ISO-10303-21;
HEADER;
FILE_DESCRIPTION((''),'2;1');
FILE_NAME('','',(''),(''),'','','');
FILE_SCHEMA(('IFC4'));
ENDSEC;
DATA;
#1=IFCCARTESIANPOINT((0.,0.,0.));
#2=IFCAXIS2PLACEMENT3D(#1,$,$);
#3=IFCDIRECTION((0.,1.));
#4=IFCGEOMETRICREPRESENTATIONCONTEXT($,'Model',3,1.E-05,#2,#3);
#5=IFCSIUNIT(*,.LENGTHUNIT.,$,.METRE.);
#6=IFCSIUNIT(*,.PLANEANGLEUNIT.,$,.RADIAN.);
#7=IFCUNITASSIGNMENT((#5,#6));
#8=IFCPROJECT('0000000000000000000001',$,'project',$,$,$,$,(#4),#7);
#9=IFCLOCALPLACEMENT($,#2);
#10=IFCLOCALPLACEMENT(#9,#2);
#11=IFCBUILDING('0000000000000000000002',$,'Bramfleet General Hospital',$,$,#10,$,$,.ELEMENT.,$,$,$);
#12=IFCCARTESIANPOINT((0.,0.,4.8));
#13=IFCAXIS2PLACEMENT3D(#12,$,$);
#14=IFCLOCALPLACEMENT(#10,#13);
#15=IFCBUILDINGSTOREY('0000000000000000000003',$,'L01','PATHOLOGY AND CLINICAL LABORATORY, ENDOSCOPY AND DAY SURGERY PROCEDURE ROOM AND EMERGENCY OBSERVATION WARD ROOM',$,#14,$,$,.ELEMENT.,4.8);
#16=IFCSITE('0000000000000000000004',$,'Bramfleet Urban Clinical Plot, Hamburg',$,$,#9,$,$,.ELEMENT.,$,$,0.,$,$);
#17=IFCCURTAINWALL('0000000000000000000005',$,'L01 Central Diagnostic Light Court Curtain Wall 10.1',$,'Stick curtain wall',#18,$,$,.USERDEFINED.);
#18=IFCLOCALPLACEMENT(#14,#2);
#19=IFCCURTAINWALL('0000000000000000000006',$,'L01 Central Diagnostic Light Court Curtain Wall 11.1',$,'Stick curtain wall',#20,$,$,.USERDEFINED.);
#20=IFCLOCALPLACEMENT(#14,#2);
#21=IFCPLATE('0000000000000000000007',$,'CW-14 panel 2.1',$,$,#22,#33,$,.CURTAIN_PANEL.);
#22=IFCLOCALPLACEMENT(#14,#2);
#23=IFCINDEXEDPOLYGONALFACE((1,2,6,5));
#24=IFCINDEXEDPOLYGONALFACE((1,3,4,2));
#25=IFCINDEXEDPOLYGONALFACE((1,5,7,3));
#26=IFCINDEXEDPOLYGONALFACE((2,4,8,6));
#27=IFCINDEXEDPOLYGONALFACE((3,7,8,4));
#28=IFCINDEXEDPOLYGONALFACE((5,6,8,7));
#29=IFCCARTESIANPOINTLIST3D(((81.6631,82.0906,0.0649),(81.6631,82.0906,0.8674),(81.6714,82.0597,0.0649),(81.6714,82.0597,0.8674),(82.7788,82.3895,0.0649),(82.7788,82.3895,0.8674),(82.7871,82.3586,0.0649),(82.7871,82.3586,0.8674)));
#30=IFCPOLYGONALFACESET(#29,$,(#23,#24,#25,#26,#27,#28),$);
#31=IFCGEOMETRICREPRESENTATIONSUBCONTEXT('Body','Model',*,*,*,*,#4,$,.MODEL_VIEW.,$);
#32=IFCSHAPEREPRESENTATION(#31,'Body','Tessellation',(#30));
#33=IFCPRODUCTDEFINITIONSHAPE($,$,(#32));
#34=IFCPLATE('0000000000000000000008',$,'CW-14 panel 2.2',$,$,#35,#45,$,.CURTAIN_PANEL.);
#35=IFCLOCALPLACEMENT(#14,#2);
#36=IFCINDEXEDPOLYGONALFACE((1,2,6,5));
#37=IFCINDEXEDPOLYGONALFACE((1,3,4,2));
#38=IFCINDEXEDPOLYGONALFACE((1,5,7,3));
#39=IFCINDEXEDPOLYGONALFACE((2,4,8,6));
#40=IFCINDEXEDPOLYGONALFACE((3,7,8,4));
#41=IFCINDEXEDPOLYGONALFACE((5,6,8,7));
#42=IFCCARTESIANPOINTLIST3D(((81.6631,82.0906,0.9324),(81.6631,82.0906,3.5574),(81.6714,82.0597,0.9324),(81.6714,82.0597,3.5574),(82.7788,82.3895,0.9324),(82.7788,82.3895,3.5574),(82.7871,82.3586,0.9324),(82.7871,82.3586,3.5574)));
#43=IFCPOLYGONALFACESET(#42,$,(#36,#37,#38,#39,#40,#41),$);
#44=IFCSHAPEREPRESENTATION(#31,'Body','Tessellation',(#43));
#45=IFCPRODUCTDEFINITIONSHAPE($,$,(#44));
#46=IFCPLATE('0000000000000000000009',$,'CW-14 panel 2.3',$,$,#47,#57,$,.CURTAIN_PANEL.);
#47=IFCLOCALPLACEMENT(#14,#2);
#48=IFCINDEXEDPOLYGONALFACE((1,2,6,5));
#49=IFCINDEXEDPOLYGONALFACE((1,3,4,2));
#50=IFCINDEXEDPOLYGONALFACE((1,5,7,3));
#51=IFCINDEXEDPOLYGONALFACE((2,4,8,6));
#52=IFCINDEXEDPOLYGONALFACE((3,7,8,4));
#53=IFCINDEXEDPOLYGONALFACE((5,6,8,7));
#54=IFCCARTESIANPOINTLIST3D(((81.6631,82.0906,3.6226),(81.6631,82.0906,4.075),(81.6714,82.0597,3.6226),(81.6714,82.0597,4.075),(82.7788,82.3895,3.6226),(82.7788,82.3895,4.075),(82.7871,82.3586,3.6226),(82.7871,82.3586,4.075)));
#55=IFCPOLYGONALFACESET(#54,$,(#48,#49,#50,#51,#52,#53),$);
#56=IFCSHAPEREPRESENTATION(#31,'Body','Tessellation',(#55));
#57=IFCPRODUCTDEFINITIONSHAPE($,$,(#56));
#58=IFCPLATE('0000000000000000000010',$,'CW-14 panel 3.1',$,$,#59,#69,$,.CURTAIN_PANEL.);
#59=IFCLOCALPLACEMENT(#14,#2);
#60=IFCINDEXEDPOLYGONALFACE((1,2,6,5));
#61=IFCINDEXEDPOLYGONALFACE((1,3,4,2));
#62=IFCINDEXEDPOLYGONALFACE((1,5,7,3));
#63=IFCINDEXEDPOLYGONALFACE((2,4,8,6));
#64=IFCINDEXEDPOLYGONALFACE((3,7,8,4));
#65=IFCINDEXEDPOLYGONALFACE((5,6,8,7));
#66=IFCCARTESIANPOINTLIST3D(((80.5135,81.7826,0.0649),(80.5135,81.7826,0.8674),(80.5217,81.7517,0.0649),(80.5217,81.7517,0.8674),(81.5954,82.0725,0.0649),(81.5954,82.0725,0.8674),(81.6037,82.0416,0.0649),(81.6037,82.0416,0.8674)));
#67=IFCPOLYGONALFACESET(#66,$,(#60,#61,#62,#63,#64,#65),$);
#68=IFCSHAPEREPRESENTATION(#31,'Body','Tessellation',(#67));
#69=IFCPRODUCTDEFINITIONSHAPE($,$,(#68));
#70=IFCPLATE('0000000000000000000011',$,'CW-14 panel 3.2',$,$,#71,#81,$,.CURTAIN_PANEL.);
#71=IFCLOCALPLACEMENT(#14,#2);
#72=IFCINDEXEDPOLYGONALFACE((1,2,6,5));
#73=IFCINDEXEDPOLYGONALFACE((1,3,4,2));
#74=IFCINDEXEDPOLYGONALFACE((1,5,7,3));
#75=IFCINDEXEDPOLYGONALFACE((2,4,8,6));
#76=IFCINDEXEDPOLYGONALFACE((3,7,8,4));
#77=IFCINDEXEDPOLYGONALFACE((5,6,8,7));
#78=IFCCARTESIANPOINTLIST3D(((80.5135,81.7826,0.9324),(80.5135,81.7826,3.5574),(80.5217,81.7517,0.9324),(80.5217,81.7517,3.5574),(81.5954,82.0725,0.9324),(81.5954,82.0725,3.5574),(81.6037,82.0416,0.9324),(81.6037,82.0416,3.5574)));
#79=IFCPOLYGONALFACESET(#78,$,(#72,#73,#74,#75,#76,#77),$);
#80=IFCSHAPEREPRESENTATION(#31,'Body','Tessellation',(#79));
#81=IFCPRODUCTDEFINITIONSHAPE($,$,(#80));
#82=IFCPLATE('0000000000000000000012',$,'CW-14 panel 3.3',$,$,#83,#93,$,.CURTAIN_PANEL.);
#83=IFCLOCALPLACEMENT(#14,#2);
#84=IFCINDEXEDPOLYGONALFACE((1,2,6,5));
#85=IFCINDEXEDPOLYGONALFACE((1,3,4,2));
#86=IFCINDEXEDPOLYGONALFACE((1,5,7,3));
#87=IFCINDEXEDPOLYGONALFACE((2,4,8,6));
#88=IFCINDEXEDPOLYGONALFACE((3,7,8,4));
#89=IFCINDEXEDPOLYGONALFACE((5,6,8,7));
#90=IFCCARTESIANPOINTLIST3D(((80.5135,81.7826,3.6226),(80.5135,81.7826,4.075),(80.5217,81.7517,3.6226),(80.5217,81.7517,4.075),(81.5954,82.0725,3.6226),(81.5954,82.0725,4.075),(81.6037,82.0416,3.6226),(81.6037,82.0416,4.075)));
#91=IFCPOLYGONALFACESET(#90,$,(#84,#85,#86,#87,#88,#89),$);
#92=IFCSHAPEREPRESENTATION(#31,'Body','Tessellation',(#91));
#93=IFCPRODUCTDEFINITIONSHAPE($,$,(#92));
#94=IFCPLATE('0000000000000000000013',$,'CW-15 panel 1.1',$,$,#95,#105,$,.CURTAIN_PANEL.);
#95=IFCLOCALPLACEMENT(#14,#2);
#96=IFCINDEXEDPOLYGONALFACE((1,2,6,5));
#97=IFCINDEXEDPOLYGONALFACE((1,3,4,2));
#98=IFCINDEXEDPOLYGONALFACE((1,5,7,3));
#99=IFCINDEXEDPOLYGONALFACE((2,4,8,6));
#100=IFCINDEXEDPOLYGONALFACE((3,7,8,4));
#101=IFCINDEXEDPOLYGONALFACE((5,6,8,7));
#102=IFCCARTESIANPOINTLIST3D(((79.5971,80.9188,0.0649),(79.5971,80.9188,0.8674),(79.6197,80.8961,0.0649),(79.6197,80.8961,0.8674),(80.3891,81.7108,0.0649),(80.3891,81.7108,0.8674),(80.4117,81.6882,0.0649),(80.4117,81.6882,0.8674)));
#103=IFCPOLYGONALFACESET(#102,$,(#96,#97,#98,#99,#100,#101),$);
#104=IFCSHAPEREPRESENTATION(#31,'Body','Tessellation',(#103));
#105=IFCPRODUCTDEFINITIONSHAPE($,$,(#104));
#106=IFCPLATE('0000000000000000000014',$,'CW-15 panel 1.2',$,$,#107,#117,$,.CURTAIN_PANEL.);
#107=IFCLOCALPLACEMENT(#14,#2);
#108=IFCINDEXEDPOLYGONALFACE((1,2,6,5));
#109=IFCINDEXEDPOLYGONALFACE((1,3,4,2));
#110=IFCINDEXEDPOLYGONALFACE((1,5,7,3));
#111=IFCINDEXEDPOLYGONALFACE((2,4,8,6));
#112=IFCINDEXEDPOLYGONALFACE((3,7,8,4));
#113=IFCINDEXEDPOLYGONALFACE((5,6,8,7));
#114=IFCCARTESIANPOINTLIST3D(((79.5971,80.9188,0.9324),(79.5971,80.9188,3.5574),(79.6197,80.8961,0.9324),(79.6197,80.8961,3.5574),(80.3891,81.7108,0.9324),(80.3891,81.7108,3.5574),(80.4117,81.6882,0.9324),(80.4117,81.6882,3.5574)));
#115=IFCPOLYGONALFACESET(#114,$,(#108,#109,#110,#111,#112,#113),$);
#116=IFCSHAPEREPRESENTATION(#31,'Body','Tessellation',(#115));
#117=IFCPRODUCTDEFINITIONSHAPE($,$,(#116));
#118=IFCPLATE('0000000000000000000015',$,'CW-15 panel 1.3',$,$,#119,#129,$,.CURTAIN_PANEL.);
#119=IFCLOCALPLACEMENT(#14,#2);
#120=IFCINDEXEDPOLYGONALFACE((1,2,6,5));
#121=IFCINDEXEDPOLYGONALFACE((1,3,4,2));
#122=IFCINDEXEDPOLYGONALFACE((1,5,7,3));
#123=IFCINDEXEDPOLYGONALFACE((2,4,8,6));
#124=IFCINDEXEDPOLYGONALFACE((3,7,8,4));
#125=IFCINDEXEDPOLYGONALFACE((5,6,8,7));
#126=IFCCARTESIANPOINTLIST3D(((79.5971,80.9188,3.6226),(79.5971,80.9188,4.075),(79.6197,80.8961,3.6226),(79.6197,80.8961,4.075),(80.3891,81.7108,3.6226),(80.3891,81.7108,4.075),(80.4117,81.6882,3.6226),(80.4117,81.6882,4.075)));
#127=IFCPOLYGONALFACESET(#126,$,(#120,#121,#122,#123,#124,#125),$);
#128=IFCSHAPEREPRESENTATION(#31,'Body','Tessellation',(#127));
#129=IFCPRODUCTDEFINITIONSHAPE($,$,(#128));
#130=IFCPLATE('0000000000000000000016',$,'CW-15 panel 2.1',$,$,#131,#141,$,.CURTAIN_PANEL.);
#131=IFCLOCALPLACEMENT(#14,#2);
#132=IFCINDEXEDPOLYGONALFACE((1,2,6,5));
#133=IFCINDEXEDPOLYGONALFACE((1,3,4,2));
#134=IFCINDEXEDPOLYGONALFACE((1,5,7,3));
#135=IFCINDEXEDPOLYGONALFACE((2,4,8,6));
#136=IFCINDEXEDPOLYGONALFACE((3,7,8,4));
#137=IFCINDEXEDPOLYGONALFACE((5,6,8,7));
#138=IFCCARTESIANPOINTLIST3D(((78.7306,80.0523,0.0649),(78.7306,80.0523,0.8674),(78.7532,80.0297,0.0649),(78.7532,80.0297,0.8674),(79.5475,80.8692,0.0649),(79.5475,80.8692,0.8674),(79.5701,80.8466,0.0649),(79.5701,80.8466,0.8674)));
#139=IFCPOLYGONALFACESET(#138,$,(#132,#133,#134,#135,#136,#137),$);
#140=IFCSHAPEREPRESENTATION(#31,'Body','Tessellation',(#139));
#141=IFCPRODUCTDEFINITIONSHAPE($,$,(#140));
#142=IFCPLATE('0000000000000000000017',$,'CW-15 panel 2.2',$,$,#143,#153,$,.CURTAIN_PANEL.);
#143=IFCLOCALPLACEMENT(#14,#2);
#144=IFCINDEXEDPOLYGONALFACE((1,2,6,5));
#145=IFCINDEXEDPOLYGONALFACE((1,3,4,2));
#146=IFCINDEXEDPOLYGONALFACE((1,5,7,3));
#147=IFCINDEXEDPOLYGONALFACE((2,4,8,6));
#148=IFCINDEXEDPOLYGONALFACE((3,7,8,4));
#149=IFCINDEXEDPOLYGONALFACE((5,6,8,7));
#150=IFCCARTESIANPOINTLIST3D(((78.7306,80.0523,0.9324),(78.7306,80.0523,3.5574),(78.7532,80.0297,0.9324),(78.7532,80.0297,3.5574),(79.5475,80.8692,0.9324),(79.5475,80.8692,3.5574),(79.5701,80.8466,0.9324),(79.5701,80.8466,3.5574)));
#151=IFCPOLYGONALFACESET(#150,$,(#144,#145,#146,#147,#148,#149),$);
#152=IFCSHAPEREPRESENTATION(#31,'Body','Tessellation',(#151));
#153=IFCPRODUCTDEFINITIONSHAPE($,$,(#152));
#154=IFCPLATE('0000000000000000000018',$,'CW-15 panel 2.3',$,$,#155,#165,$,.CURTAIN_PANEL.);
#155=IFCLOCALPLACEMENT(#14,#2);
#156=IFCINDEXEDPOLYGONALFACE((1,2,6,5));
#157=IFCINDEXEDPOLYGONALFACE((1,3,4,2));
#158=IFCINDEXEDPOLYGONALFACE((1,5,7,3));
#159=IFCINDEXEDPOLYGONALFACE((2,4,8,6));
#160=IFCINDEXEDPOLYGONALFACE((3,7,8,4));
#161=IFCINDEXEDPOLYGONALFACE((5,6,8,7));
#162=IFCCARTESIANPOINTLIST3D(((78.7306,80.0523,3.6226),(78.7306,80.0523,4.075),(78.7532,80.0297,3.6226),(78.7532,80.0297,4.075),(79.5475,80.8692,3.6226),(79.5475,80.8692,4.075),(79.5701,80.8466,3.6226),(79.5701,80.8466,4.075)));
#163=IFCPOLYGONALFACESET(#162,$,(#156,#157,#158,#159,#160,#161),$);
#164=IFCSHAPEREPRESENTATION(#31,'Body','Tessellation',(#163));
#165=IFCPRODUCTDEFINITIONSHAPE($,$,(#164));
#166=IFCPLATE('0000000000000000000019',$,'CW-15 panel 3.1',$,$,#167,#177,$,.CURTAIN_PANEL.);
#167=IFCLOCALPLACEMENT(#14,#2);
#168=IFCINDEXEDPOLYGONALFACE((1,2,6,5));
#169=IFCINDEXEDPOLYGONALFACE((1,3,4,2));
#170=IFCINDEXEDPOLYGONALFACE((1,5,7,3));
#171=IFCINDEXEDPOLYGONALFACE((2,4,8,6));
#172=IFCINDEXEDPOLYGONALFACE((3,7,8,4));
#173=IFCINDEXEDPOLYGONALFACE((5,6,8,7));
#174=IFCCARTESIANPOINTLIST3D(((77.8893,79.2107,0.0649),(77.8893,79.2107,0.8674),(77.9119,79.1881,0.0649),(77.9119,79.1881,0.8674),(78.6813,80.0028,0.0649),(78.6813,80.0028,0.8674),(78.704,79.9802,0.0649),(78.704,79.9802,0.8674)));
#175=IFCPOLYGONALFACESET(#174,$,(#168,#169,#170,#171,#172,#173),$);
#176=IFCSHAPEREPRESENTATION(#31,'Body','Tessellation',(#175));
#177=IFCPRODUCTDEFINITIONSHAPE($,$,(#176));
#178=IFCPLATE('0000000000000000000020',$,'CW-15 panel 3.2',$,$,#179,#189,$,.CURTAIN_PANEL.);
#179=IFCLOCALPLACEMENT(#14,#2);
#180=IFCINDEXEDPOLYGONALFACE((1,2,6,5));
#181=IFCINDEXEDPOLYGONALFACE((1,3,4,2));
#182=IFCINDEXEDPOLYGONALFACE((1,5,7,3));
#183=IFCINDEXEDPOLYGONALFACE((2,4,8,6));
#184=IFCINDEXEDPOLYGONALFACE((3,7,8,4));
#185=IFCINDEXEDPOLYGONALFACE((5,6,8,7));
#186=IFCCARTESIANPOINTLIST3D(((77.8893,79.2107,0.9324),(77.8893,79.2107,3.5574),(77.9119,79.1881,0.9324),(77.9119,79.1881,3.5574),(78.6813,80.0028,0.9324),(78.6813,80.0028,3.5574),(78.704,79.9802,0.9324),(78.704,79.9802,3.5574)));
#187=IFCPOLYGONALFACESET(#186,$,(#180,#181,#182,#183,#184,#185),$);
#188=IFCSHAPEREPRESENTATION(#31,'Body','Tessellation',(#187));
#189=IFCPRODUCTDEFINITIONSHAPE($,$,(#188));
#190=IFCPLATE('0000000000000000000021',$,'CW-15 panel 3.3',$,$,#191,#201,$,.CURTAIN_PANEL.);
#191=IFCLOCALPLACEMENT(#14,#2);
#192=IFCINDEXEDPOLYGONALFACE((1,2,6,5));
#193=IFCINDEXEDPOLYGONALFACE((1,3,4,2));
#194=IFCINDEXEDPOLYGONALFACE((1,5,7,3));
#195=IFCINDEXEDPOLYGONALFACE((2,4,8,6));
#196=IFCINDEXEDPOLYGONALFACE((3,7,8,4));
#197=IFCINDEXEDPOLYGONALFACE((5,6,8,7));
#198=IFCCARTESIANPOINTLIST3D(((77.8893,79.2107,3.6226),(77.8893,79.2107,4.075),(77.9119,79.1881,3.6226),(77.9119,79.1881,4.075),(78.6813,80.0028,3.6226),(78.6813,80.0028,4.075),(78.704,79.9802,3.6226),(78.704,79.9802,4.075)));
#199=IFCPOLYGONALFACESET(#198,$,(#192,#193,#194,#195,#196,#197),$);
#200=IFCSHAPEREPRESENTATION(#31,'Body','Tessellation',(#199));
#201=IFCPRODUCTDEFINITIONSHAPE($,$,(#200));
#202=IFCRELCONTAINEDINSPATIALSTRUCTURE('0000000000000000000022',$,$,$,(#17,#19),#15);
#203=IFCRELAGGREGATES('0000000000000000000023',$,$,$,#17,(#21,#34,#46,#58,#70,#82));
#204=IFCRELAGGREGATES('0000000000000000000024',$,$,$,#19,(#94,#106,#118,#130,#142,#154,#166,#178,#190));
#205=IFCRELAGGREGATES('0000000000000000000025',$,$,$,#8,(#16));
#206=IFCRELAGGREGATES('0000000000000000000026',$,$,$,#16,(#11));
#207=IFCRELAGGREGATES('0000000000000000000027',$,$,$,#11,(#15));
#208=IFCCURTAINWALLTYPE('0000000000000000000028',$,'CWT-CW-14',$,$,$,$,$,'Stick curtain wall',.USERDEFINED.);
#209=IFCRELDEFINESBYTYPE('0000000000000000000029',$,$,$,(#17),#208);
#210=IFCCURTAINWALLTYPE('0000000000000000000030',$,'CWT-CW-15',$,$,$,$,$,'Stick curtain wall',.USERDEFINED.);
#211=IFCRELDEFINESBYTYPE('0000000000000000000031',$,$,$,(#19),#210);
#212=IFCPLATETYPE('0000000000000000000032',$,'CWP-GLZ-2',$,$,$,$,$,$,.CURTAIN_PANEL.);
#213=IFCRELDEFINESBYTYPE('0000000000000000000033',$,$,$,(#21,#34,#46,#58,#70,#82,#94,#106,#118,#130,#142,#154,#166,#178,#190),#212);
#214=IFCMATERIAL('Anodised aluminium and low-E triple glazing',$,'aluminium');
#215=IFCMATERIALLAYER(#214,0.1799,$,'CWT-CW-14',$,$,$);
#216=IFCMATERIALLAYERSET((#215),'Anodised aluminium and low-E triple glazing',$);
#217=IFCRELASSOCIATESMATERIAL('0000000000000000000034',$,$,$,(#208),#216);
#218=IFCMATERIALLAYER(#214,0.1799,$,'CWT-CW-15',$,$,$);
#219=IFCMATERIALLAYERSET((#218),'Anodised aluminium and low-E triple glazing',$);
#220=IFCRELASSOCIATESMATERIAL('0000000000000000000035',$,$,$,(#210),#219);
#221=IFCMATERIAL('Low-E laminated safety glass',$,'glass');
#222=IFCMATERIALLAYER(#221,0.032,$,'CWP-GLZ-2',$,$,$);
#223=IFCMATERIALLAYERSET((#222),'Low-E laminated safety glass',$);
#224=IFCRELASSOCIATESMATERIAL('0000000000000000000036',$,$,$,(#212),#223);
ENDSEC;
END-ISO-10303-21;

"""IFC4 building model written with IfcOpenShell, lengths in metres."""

from ifc_helpers import new_model, si_unit, direction, frame, origin, origin_2d, place, context, subcontext, project, spatial, rectangle, extrude, material, layer, layer_set, type_object, element, aggregate, save


model = new_model("IFC4")

# Units and contexts
model_context = context("Model", 3, precision=1e-05, world=origin(), true_north=direction((0.0, 1.0)))
body_context = subcontext(model_context, "Body", "Model", "MODEL_VIEW")
ifc_project = project(units=[si_unit("LENGTHUNIT", "METRE"), si_unit("PLANEANGLEUNIT", "RADIAN")], contexts=[model_context])

# Site, building, storey
site_placement = place(None, origin())
site = spatial("IfcSite", under=ifc_project, at=site_placement, Name="Bramfleet Urban Clinical Plot, Hamburg", CompositionType="ELEMENT", RefElevation=0.0)
building_placement = place(site_placement, origin())
building = spatial("IfcBuilding", under=site, at=building_placement, Name="Bramfleet General Hospital", CompositionType="ELEMENT")
storey_placement = place(building_placement, frame((0.0, 0.0, 4.8)))
storey = spatial("IfcBuildingStorey", under=building, at=storey_placement, Name="L01", Description="PATHOLOGY AND CLINICAL LABORATORY, ENDOSCOPY AND DAY SURGERY PROCEDURE ROOM AND EMERGENCY OBSERVATION WARD ROOM", CompositionType="ELEMENT", Elevation=4.8)

# Curtain walls
ifc_material_1 = material(Name="Anodised aluminium and low-E triple glazing", Category="aluminium")
ifc_layer_1 = layer(ifc_material_1, 0.1799, Name="CWT-CW-14")
ifc_layer_set_1 = layer_set([ifc_layer_1], Name="Anodised aluminium and low-E triple glazing")
curtain_wall_type_1 = type_object("IfcCurtainWallType", Name="CWT-CW-14", ElementType="Stick curtain wall", PredefinedType="USERDEFINED", material=ifc_layer_set_1)
curtain_wall_1_placement = place(storey_placement, origin())
curtain_wall_1 = element("IfcCurtainWall", 1, at=curtain_wall_1_placement, inside=storey, type_object=curtain_wall_type_1, Name="L01 Central Diagnostic Light Court Curtain Wall 10.1", ObjectType="Stick curtain wall", PredefinedType="USERDEFINED")
ifc_layer_2 = layer(ifc_material_1, 0.1799, Name="CWT-CW-15")
ifc_layer_set_2 = layer_set([ifc_layer_2], Name="Anodised aluminium and low-E triple glazing")
curtain_wall_type_2 = type_object("IfcCurtainWallType", Name="CWT-CW-15", ElementType="Stick curtain wall", PredefinedType="USERDEFINED", material=ifc_layer_set_2)
curtain_wall_2_placement = place(storey_placement, origin())
curtain_wall_2 = element("IfcCurtainWall", 2, at=curtain_wall_2_placement, inside=storey, type_object=curtain_wall_type_2, Name="L01 Central Diagnostic Light Court Curtain Wall 11.1", ObjectType="Stick curtain wall", PredefinedType="USERDEFINED")

# Plates
ifc_material_2 = material(Name="Low-E laminated safety glass", Category="glass")
ifc_layer_3 = layer(ifc_material_2, 0.032, Name="CWP-GLZ-2")
ifc_layer_set_3 = layer_set([ifc_layer_3], Name="Low-E laminated safety glass")
plate_type = type_object("IfcPlateType", Name="CWP-GLZ-2", PredefinedType="CURTAIN_PANEL", material=ifc_layer_set_3)
plate_1_placement = place(storey_placement, frame((82.2251, 82.2246, 0.0649), z_axis=(0.0, 0.0, 1.0), x_axis=(-0.965941, -0.258763, 0.0)))
plate_1 = element("IfcPlate", 3, at=plate_1_placement, type_object=plate_type, Name="CW-14 panel 2.1", PredefinedType="CURTAIN_PANEL", context=body_context, shape_type="SweptSolid", body=[
    extrude(rectangle(XDim=1.155, YDim=0.032, at=origin_2d()), origin(), (0.0, 0.0, 1.0), 0.8025),
])
plate_2_placement = place(storey_placement, frame((82.2251, 82.2246, 0.9324), z_axis=(0.0, 0.0, 1.0), x_axis=(-0.965941, -0.258763, 0.0)))
plate_2 = element("IfcPlate", 4, at=plate_2_placement, type_object=plate_type, Name="CW-14 panel 2.2", PredefinedType="CURTAIN_PANEL", context=body_context, shape_type="SweptSolid", body=[
    extrude(rectangle(XDim=1.155, YDim=0.032, at=origin_2d()), origin(), (0.0, 0.0, 1.0), 2.625),
])
plate_3_placement = place(storey_placement, frame((82.2251, 82.2246, 3.6226), z_axis=(0.0, 0.0, 1.0), x_axis=(-0.965941, -0.258763, 0.0)))
plate_3 = element("IfcPlate", 5, at=plate_3_placement, type_object=plate_type, Name="CW-14 panel 2.3", PredefinedType="CURTAIN_PANEL", context=body_context, shape_type="SweptSolid", body=[
    extrude(rectangle(XDim=1.155, YDim=0.032, at=origin_2d()), origin(), (0.0, 0.0, 1.0), 0.4524),
])
plate_4_placement = place(storey_placement, frame((81.0586, 81.9121, 0.0649), z_axis=(0.0, 0.0, 1.0), x_axis=(-0.965941, -0.258763, 0.0)))
plate_4 = element("IfcPlate", 6, at=plate_4_placement, type_object=plate_type, Name="CW-14 panel 3.1", PredefinedType="CURTAIN_PANEL", context=body_context, shape_type="SweptSolid", body=[
    extrude(rectangle(XDim=1.1201, YDim=0.032, at=origin_2d()), origin(), (0.0, 0.0, 1.0), 0.8025),
])
plate_5_placement = place(storey_placement, frame((81.0586, 81.9121, 0.9324), z_axis=(0.0, 0.0, 1.0), x_axis=(-0.965941, -0.258763, 0.0)))
plate_5 = element("IfcPlate", 7, at=plate_5_placement, type_object=plate_type, Name="CW-14 panel 3.2", PredefinedType="CURTAIN_PANEL", context=body_context, shape_type="SweptSolid", body=[
    extrude(rectangle(XDim=1.1201, YDim=0.032, at=origin_2d()), origin(), (0.0, 0.0, 1.0), 2.625),
])
plate_6_placement = place(storey_placement, frame((81.0586, 81.9121, 3.6226), z_axis=(0.0, 0.0, 1.0), x_axis=(-0.965941, -0.258763, 0.0)))
plate_6 = element("IfcPlate", 8, at=plate_6_placement, type_object=plate_type, Name="CW-14 panel 3.3", PredefinedType="CURTAIN_PANEL", context=body_context, shape_type="SweptSolid", body=[
    extrude(rectangle(XDim=1.1201, YDim=0.032, at=origin_2d()), origin(), (0.0, 0.0, 1.0), 0.4524),
])
aggregate(curtain_wall_1, [plate_1, plate_2, plate_3, plate_4, plate_5, plate_6])
plate_7_placement = place(storey_placement, frame((80.0044, 81.3035, 0.0649), z_axis=(0.0, 0.0, 1.0), x_axis=(-0.707107, -0.707107, 0.0)))
plate_7 = element("IfcPlate", 9, at=plate_7_placement, type_object=plate_type, Name="CW-15 panel 1.1", PredefinedType="CURTAIN_PANEL", context=body_context, shape_type="SweptSolid", body=[
    extrude(rectangle(XDim=1.1201, YDim=0.032, at=origin_2d()), origin(), (0.0, 0.0, 1.0), 0.8025),
])
plate_8_placement = place(storey_placement, frame((80.0044, 81.3035, 0.9324), z_axis=(0.0, 0.0, 1.0), x_axis=(-0.707107, -0.707107, 0.0)))
plate_8 = element("IfcPlate", 10, at=plate_8_placement, type_object=plate_type, Name="CW-15 panel 1.2", PredefinedType="CURTAIN_PANEL", context=body_context, shape_type="SweptSolid", body=[
    extrude(rectangle(XDim=1.1201, YDim=0.032, at=origin_2d()), origin(), (0.0, 0.0, 1.0), 2.625),
])
plate_9_placement = place(storey_placement, frame((80.0044, 81.3035, 3.6226), z_axis=(0.0, 0.0, 1.0), x_axis=(-0.707107, -0.707107, 0.0)))
plate_9 = element("IfcPlate", 11, at=plate_9_placement, type_object=plate_type, Name="CW-15 panel 1.3", PredefinedType="CURTAIN_PANEL", context=body_context, shape_type="SweptSolid", body=[
    extrude(rectangle(XDim=1.1201, YDim=0.032, at=origin_2d()), origin(), (0.0, 0.0, 1.0), 0.4524),
])
plate_10_placement = place(storey_placement, frame((79.1504, 80.4495, 0.0649), z_axis=(0.0, 0.0, 1.0), x_axis=(-0.707107, -0.707107, 0.0)))
plate_10 = element("IfcPlate", 12, at=plate_10_placement, type_object=plate_type, Name="CW-15 panel 2.1", PredefinedType="CURTAIN_PANEL", context=body_context, shape_type="SweptSolid", body=[
    extrude(rectangle(XDim=1.1553, YDim=0.032, at=origin_2d()), origin(), (0.0, 0.0, 1.0), 0.8025),
])
plate_11_placement = place(storey_placement, frame((79.1504, 80.4495, 0.9324), z_axis=(0.0, 0.0, 1.0), x_axis=(-0.707107, -0.707107, 0.0)))
plate_11 = element("IfcPlate", 13, at=plate_11_placement, type_object=plate_type, Name="CW-15 panel 2.2", PredefinedType="CURTAIN_PANEL", context=body_context, shape_type="SweptSolid", body=[
    extrude(rectangle(XDim=1.1553, YDim=0.032, at=origin_2d()), origin(), (0.0, 0.0, 1.0), 2.625),
])
plate_12_placement = place(storey_placement, frame((79.1504, 80.4495, 3.6226), z_axis=(0.0, 0.0, 1.0), x_axis=(-0.707107, -0.707107, 0.0)))
plate_12 = element("IfcPlate", 14, at=plate_12_placement, type_object=plate_type, Name="CW-15 panel 2.3", PredefinedType="CURTAIN_PANEL", context=body_context, shape_type="SweptSolid", body=[
    extrude(rectangle(XDim=1.1553, YDim=0.032, at=origin_2d()), origin(), (0.0, 0.0, 1.0), 0.4524),
])
plate_13_placement = place(storey_placement, frame((78.2966, 79.5955, 0.0649), z_axis=(0.0, 0.0, 1.0), x_axis=(-0.707107, -0.707107, 0.0)))
plate_13 = element("IfcPlate", 15, at=plate_13_placement, type_object=plate_type, Name="CW-15 panel 3.1", PredefinedType="CURTAIN_PANEL", context=body_context, shape_type="SweptSolid", body=[
    extrude(rectangle(XDim=1.1201, YDim=0.032, at=origin_2d()), origin(), (0.0, 0.0, 1.0), 0.8025),
])
plate_14_placement = place(storey_placement, frame((78.2966, 79.5955, 0.9324), z_axis=(0.0, 0.0, 1.0), x_axis=(-0.707107, -0.707107, 0.0)))
plate_14 = element("IfcPlate", 16, at=plate_14_placement, type_object=plate_type, Name="CW-15 panel 3.2", PredefinedType="CURTAIN_PANEL", context=body_context, shape_type="SweptSolid", body=[
    extrude(rectangle(XDim=1.1201, YDim=0.032, at=origin_2d()), origin(), (0.0, 0.0, 1.0), 2.625),
])
plate_15_placement = place(storey_placement, frame((78.2966, 79.5955, 3.6226), z_axis=(0.0, 0.0, 1.0), x_axis=(-0.707107, -0.707107, 0.0)))
plate_15 = element("IfcPlate", 17, at=plate_15_placement, type_object=plate_type, Name="CW-15 panel 3.3", PredefinedType="CURTAIN_PANEL", context=body_context, shape_type="SweptSolid", body=[
    extrude(rectangle(XDim=1.1201, YDim=0.032, at=origin_2d()), origin(), (0.0, 0.0, 1.0), 0.4524),
])
aggregate(curtain_wall_2, [plate_7, plate_8, plate_9, plate_10, plate_11, plate_12, plate_13, plate_14, plate_15])

save(model, "model.ifc")
